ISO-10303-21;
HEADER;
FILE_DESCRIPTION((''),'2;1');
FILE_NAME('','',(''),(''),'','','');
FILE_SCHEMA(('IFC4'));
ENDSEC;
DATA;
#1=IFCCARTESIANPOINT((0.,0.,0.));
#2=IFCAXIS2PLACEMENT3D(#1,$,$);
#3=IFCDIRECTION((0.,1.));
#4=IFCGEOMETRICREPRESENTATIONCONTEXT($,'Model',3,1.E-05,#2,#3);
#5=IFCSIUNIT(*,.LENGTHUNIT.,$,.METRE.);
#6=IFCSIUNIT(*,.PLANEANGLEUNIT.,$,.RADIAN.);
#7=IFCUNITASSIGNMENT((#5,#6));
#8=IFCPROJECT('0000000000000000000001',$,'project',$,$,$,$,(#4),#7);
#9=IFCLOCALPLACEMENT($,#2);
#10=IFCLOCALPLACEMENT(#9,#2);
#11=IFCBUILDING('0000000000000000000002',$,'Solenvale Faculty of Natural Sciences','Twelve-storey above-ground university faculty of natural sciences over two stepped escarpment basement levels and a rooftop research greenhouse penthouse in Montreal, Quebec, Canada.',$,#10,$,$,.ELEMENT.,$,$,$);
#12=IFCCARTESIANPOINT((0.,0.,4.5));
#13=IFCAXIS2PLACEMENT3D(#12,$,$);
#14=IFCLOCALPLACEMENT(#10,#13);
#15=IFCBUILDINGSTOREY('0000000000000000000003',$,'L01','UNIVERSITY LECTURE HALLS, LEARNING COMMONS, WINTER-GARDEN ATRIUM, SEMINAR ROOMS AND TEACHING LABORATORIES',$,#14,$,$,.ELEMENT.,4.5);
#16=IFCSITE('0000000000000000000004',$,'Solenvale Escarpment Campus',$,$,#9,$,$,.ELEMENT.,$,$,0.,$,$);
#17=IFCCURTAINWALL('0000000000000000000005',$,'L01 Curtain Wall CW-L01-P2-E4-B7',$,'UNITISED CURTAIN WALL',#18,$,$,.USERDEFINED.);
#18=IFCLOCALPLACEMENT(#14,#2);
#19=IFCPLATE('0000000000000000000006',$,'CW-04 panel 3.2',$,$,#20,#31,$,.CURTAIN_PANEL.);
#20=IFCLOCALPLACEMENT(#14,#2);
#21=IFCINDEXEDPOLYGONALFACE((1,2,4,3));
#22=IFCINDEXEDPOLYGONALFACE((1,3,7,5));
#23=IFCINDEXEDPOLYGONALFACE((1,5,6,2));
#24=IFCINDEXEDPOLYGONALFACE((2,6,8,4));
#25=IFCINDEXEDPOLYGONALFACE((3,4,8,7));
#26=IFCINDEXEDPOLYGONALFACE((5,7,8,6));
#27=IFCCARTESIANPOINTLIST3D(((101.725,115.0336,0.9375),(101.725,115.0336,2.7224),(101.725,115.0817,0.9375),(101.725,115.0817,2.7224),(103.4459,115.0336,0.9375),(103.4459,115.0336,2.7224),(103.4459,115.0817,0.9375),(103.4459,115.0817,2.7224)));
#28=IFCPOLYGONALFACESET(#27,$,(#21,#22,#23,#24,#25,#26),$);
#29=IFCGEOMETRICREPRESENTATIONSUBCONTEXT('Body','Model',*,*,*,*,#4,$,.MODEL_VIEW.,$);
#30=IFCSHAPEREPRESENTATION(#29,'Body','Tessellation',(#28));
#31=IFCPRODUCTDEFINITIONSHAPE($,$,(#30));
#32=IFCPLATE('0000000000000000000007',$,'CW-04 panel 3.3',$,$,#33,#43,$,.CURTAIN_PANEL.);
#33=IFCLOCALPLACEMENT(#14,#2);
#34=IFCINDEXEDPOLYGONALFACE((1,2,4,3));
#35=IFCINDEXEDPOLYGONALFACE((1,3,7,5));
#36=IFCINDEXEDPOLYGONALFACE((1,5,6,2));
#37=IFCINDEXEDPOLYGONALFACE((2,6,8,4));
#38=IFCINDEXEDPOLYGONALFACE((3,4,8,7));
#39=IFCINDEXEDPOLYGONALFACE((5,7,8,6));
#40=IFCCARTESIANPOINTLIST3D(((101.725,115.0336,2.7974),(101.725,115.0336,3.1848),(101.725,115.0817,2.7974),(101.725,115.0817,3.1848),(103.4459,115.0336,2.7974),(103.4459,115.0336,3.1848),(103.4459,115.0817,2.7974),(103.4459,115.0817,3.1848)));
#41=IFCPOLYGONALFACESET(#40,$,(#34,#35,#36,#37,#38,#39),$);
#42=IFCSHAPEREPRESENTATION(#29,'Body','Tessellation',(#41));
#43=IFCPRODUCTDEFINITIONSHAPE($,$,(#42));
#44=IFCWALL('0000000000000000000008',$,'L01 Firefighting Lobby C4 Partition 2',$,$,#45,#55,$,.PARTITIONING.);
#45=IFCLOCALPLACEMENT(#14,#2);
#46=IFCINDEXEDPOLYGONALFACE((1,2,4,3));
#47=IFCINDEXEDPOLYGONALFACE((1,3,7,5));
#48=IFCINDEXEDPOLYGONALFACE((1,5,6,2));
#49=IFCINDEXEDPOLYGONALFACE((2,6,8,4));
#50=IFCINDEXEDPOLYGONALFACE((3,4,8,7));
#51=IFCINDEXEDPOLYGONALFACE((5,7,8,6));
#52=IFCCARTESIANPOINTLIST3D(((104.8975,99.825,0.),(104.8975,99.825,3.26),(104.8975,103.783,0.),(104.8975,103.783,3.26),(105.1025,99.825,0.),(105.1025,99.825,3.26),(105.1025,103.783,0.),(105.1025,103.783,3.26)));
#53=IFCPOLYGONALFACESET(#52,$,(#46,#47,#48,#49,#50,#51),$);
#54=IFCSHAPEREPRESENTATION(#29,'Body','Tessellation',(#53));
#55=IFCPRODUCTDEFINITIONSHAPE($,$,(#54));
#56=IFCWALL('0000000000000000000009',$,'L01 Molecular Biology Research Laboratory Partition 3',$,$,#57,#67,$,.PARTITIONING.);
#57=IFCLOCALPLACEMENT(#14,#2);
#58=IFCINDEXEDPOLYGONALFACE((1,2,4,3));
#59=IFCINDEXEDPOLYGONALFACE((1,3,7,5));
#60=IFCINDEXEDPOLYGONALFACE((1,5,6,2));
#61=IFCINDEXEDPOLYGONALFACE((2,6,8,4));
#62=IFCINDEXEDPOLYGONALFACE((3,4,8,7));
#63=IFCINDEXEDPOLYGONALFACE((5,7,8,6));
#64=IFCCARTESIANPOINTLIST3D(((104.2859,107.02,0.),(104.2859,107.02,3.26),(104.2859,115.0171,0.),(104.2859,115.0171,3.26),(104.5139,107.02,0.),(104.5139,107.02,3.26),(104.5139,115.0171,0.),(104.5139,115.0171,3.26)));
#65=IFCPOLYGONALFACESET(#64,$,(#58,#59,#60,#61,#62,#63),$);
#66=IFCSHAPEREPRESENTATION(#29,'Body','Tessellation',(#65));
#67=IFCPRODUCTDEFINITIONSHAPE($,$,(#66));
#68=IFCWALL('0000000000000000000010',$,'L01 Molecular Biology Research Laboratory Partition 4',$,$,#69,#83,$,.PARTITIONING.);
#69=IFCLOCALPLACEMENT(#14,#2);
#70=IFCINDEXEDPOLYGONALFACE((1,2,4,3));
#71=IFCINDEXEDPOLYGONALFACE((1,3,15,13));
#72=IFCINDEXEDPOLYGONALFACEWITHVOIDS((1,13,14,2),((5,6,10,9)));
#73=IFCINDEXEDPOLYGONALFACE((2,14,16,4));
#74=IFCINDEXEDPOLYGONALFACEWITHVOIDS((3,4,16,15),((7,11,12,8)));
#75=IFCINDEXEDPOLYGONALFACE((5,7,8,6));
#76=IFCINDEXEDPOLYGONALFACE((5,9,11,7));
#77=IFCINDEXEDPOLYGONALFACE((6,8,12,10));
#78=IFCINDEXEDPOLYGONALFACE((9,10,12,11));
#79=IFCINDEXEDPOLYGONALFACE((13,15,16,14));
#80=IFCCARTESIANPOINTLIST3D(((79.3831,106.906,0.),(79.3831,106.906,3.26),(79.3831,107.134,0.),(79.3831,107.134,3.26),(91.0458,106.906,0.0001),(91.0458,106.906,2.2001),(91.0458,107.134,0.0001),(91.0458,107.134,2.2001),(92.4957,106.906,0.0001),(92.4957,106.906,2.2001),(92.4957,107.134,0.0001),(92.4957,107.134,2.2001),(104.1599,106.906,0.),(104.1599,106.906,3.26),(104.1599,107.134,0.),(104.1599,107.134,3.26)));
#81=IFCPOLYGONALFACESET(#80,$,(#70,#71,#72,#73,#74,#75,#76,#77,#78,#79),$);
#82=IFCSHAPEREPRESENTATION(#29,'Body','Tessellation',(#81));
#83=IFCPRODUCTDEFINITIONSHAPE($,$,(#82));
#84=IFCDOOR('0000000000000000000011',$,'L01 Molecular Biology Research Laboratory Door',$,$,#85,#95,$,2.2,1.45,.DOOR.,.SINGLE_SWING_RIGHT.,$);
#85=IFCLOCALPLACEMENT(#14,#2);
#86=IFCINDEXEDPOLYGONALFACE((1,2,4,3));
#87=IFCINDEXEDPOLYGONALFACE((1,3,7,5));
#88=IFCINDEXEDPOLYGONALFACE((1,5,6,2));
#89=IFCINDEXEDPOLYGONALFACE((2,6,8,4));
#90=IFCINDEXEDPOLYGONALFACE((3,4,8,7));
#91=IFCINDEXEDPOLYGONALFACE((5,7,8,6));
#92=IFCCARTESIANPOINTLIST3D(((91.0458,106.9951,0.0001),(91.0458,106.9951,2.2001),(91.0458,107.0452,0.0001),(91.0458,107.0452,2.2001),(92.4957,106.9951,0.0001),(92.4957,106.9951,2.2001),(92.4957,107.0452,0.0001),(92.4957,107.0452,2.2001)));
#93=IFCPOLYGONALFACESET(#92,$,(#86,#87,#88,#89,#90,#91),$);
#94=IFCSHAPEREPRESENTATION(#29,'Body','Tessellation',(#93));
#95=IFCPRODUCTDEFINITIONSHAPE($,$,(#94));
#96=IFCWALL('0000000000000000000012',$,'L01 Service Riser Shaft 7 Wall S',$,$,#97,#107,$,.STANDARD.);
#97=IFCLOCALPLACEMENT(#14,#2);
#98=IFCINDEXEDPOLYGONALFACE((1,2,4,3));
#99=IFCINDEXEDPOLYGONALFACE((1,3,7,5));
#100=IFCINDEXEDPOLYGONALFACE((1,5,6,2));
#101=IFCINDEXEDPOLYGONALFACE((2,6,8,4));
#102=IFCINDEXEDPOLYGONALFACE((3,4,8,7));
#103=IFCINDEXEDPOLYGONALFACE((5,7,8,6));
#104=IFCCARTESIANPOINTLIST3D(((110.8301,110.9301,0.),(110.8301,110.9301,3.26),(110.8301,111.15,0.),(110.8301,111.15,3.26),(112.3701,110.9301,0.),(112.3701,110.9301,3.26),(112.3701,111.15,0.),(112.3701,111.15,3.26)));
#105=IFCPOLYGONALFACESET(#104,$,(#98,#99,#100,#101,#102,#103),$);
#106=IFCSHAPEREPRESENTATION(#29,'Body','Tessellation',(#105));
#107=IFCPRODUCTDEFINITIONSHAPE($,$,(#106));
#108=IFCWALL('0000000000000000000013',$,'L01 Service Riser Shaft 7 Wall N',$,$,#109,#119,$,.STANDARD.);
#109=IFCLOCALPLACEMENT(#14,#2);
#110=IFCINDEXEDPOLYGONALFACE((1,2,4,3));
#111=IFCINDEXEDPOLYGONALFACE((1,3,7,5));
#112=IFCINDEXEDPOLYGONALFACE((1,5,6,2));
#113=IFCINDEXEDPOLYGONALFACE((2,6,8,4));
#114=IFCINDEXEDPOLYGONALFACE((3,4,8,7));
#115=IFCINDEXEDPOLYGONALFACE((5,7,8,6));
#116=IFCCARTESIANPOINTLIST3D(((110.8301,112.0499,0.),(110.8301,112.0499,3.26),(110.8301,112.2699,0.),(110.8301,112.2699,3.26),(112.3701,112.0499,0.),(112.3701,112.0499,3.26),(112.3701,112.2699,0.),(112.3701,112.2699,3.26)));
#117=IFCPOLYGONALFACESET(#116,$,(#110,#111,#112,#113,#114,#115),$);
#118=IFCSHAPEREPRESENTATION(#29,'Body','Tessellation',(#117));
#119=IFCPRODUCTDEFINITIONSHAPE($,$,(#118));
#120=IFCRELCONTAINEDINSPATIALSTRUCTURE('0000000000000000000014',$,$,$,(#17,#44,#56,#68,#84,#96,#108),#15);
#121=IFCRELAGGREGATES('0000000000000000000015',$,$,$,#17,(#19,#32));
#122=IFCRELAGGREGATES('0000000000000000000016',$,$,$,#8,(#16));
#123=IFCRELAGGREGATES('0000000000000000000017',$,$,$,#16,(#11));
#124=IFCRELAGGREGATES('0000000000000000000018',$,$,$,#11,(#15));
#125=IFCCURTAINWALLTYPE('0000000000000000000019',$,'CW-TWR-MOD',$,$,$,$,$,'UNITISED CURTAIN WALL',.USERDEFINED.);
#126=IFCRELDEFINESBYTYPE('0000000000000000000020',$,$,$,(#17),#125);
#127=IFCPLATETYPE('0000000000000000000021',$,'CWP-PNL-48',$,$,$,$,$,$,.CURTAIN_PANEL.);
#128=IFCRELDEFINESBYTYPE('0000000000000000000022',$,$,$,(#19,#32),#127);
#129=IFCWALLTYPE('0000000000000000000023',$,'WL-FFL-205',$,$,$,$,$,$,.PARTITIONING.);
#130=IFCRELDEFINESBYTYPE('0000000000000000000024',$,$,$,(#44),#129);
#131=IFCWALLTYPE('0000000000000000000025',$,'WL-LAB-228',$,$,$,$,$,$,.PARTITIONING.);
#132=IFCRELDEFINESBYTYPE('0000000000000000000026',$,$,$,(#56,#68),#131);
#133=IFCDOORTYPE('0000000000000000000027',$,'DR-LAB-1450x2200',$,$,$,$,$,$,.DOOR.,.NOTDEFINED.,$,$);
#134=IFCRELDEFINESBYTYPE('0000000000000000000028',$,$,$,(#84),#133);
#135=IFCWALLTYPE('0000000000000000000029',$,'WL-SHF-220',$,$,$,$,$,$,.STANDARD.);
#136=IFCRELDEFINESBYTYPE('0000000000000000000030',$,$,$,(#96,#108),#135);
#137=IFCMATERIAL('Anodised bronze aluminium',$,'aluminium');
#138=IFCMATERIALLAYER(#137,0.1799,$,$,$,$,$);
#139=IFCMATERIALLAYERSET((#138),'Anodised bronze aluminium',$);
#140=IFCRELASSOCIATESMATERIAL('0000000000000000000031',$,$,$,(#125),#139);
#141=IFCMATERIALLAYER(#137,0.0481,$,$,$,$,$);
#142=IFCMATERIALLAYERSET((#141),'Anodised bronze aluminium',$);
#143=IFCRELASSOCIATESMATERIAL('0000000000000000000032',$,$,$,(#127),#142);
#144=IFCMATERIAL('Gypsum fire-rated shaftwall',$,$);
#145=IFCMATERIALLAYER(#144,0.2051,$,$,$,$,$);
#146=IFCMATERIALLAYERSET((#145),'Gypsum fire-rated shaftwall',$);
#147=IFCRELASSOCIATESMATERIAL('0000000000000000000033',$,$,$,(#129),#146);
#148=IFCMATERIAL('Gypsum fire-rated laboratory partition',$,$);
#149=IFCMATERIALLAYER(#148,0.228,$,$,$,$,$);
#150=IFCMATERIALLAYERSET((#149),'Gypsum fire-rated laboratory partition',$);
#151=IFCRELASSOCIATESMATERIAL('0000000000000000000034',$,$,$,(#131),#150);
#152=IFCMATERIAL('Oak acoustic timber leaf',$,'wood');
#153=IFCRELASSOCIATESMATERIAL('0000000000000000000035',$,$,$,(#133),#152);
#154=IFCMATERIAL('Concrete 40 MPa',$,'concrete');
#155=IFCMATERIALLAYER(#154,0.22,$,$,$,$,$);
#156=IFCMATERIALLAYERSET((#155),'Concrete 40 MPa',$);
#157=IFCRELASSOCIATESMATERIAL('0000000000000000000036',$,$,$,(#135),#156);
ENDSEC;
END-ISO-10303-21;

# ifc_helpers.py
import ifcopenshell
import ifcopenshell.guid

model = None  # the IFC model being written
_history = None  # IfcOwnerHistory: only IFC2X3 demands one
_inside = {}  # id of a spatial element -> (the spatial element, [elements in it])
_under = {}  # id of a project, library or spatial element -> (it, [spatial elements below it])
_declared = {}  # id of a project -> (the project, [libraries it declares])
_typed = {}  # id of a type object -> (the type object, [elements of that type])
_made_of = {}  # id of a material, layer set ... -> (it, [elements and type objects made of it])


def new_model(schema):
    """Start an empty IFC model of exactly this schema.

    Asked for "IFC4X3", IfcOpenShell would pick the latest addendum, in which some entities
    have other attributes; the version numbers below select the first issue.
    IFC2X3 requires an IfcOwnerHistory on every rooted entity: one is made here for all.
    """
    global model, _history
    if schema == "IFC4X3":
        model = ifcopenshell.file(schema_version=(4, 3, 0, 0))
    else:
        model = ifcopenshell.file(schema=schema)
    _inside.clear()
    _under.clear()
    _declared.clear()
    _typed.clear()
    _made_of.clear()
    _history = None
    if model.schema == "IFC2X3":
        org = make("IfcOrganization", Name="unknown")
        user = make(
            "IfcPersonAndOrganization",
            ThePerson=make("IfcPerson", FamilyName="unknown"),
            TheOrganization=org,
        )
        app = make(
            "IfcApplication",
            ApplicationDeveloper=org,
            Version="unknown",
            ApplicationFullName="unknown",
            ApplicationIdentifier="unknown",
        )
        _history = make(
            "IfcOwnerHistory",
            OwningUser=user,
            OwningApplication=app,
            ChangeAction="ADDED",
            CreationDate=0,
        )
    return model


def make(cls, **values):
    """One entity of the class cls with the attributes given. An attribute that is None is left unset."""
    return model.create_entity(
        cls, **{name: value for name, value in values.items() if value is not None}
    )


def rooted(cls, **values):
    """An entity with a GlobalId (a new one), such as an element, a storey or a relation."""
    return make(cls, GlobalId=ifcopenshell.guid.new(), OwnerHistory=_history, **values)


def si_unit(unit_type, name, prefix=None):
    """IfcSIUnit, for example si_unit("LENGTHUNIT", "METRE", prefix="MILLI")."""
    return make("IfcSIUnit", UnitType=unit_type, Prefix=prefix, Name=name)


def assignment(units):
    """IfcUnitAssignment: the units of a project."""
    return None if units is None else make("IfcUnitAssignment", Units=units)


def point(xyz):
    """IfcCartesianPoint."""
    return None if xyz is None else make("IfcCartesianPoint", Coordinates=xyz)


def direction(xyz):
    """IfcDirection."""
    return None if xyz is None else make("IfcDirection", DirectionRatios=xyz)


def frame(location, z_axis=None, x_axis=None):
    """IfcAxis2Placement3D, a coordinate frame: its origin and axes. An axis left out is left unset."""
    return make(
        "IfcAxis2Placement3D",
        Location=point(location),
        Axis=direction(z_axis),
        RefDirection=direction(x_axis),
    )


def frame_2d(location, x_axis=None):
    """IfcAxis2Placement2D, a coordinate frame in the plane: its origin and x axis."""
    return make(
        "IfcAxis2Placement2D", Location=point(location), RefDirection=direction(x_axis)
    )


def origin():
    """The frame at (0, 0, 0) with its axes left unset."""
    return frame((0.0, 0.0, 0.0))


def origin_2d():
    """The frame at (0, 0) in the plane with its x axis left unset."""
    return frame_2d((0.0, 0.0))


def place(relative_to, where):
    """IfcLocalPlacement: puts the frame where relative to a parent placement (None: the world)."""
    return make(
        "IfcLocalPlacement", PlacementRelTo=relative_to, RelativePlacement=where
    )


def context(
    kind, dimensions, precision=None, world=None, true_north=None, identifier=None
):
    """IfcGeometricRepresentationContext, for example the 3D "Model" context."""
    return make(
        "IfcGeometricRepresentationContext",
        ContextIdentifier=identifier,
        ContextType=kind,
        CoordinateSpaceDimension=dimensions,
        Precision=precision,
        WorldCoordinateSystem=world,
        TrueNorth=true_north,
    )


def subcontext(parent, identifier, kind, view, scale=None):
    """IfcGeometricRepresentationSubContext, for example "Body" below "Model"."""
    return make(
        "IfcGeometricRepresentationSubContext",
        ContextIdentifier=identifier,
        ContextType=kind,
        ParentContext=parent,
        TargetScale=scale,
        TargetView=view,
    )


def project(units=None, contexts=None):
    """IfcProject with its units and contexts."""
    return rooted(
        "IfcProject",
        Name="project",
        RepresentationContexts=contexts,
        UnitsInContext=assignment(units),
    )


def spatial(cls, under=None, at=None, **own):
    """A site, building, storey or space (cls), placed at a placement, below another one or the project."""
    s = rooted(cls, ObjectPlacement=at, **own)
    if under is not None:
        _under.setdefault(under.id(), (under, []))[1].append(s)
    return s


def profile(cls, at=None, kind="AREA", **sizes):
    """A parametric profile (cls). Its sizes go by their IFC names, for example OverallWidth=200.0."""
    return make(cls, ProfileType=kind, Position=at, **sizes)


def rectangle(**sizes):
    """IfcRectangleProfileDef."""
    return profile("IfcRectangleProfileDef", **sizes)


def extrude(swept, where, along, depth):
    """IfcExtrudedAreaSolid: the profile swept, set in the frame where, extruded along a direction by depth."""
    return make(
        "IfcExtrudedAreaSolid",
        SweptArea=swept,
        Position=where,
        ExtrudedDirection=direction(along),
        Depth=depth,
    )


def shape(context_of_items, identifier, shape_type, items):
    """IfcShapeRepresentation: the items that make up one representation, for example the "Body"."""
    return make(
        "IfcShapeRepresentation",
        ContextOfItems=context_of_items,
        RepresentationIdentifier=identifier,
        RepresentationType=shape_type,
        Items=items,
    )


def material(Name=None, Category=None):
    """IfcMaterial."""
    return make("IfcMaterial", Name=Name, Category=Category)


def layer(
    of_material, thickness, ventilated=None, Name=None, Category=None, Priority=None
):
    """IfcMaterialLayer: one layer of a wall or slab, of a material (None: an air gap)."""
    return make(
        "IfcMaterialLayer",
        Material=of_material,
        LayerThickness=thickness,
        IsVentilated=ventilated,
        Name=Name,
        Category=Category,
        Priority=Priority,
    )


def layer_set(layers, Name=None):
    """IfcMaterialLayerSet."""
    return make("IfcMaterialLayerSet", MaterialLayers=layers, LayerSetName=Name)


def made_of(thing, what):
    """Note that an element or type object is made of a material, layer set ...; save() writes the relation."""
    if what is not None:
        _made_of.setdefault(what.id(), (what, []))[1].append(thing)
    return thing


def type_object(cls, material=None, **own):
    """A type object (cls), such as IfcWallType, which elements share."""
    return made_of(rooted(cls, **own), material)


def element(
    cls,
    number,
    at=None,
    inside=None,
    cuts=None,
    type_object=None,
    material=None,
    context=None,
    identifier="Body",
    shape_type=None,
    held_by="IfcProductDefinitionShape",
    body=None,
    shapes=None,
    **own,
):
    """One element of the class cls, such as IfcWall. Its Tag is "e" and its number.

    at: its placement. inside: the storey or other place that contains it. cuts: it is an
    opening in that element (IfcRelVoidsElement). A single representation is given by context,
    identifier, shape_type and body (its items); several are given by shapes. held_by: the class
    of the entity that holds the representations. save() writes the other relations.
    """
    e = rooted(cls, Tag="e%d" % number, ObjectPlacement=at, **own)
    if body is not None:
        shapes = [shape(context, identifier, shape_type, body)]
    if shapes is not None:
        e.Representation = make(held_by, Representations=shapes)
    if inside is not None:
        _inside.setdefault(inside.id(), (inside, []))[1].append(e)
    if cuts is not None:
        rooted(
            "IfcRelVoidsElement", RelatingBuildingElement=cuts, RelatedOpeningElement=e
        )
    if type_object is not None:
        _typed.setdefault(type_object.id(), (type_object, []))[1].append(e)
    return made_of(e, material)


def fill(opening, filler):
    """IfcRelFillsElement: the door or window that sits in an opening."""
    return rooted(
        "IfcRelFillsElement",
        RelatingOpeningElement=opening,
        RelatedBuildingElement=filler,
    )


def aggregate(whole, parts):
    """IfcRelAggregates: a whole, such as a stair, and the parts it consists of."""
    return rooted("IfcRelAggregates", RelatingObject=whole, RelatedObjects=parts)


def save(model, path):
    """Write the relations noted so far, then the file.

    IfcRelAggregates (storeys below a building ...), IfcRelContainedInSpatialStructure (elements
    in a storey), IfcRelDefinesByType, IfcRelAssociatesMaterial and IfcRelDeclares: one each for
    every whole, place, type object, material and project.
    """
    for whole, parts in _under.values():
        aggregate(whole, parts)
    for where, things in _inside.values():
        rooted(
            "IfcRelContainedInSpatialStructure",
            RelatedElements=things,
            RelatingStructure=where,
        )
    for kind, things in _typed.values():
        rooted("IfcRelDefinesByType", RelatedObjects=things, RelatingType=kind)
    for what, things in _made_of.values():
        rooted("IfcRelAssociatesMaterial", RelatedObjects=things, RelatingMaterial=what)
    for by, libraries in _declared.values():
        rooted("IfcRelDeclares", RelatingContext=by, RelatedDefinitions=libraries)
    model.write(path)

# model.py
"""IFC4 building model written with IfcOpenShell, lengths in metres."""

from ifc_helpers import new_model, si_unit, direction, frame, frame_2d, origin, origin_2d, place, context, subcontext, project, spatial, rectangle, extrude, material, layer, layer_set, type_object, element, fill, aggregate, save


model = new_model("IFC4")

# Units and contexts
model_context = context("Model", 3, precision=1e-05, world=origin(), true_north=direction((0.0, 1.0)))
body_context = subcontext(model_context, "Body", "Model", "MODEL_VIEW")
ifc_project = project(units=[si_unit("LENGTHUNIT", "METRE"), si_unit("PLANEANGLEUNIT", "RADIAN")], contexts=[model_context])

# Site, building, storey
site_placement = place(None, origin())
site = spatial("IfcSite", under=ifc_project, at=site_placement, Name="Solenvale Escarpment Campus", CompositionType="ELEMENT", RefElevation=0.0)
building_placement = place(site_placement, origin())
building = spatial("IfcBuilding", under=site, at=building_placement, Name="Solenvale Faculty of Natural Sciences", Description="Twelve-storey above-ground university faculty of natural sciences over two stepped escarpment basement levels and a rooftop research greenhouse penthouse in Montreal, Quebec, Canada.", CompositionType="ELEMENT")
storey_placement = place(building_placement, frame((0.0, 0.0, 4.5)))
storey = spatial("IfcBuildingStorey", under=building, at=storey_placement, Name="L01", Description="UNIVERSITY LECTURE HALLS, LEARNING COMMONS, WINTER-GARDEN ATRIUM, SEMINAR ROOMS AND TEACHING LABORATORIES", CompositionType="ELEMENT", Elevation=4.5)

# Shared definitions
ifc_material_1 = material(Name="Concrete 40 MPa", Category="concrete")

# Curtain wall, plates
ifc_material_2 = material(Name="Anodised bronze aluminium", Category="aluminium")
ifc_layer_1 = layer(ifc_material_2, 0.1799)
ifc_layer_set_1 = layer_set([ifc_layer_1], Name="Anodised bronze aluminium")
curtain_wall_type = type_object("IfcCurtainWallType", Name="CW-TWR-MOD", ElementType="UNITISED CURTAIN WALL", PredefinedType="USERDEFINED", material=ifc_layer_set_1)
curtain_wall_placement = place(storey_placement, origin())
curtain_wall = element("IfcCurtainWall", 1, at=curtain_wall_placement, inside=storey, type_object=curtain_wall_type, Name="L01 Curtain Wall CW-L01-P2-E4-B7", ObjectType="UNITISED CURTAIN WALL", PredefinedType="USERDEFINED")
ifc_layer_2 = layer(ifc_material_2, 0.0481)
ifc_layer_set_2 = layer_set([ifc_layer_2], Name="Anodised bronze aluminium")
plate_type = type_object("IfcPlateType", Name="CWP-PNL-48", PredefinedType="CURTAIN_PANEL", material=ifc_layer_set_2)
plate_1_placement = place(storey_placement, frame((102.5854, 115.0576, 0.9375), z_axis=(0.0, 0.0, 1.0), x_axis=(-1.0, 0.0, 0.0)))
plate_1 = element("IfcPlate", 2, at=plate_1_placement, type_object=plate_type, Name="CW-04 panel 3.2", PredefinedType="CURTAIN_PANEL", context=body_context, shape_type="SweptSolid", body=[
    extrude(rectangle(XDim=1.7209, YDim=0.0481, at=origin_2d()), origin(), (0.0, 0.0, 1.0), 1.7849),
])
plate_2_placement = place(storey_placement, frame((102.5854, 115.0576, 2.7974), z_axis=(0.0, 0.0, 1.0), x_axis=(-1.0, 0.0, 0.0)))
plate_2 = element("IfcPlate", 3, at=plate_2_placement, type_object=plate_type, Name="CW-04 panel 3.3", PredefinedType="CURTAIN_PANEL", context=body_context, shape_type="SweptSolid", body=[
    extrude(rectangle(XDim=1.7209, YDim=0.0481, at=origin_2d()), origin(), (0.0, 0.0, 1.0), 0.3875),
])
aggregate(curtain_wall, [plate_1, plate_2])

# Walls
ifc_material_3 = material(Name="Gypsum fire-rated shaftwall")
ifc_layer_3 = layer(ifc_material_3, 0.2051)
ifc_layer_set_3 = layer_set([ifc_layer_3], Name="Gypsum fire-rated shaftwall")
wall_type_1 = type_object("IfcWallType", Name="WL-FFL-205", PredefinedType="PARTITIONING", material=ifc_layer_set_3)
wall_1_placement = place(storey_placement, frame((105.0, 103.783, 0.0), z_axis=(0.0, 0.0, 1.0), x_axis=(0.0, -1.0, 0.0)))
element("IfcWall", 4, at=wall_1_placement, inside=storey, type_object=wall_type_1, Name="L01 Firefighting Lobby C4 Partition 2", PredefinedType="PARTITIONING", context=body_context, shape_type="SweptSolid", body=[
    extrude(rectangle(XDim=3.958, YDim=0.2051, at=frame_2d((1.979, 0.0))), origin(), (0.0, 0.0, 1.0), 3.26),
])
ifc_material_4 = material(Name="Gypsum fire-rated laboratory partition")
ifc_layer_4 = layer(ifc_material_4, 0.228)
ifc_layer_set_4 = layer_set([ifc_layer_4], Name="Gypsum fire-rated laboratory partition")
wall_type_2 = type_object("IfcWallType", Name="WL-LAB-228", PredefinedType="PARTITIONING", material=ifc_layer_set_4)
wall_2_placement = place(storey_placement, frame((104.3999, 115.0171, 0.0), z_axis=(0.0, 0.0, 1.0), x_axis=(0.0, -1.0, 0.0)))
element("IfcWall", 5, at=wall_2_placement, inside=storey, type_object=wall_type_2, Name="L01 Molecular Biology Research Laboratory Partition 3", PredefinedType="PARTITIONING", context=body_context, shape_type="SweptSolid", body=[
    extrude(rectangle(XDim=7.9971, YDim=0.228, at=frame_2d((3.9985, 0.0))), origin(), (0.0, 0.0, 1.0), 3.26),
])

# Wall, opening, door
wall_3_placement = place(storey_placement, frame((104.1599, 107.02, 0.0), z_axis=(0.0, 0.0, 1.0), x_axis=(-1.0, 0.0, 0.0)))
wall_3 = element("IfcWall", 6, at=wall_3_placement, inside=storey, type_object=wall_type_2, Name="L01 Molecular Biology Research Laboratory Partition 4", PredefinedType="PARTITIONING", context=body_context, shape_type="SweptSolid", body=[
    extrude(rectangle(XDim=24.7769, YDim=0.228, at=frame_2d((12.3884, 0.0))), origin(), (0.0, 0.0, 1.0), 3.26),
])
opening_placement = place(wall_3_placement, frame((11.6641, 0.0, 0.0)))
opening = element("IfcOpeningElement", 7, at=opening_placement, cuts=wall_3, PredefinedType="OPENING", context=body_context, shape_type="SweptSolid", body=[
    extrude(rectangle(XDim=1.45, YDim=2.2, at=frame_2d((0.7251, 1.1001))), frame((0.0, 0.124, 0.0), z_axis=(0.0, -1.0, 0.0), x_axis=(1.0, 0.0, 0.0)), (0.0, 0.0, 1.0), 0.248),
])
ifc_material_5 = material(Name="Oak acoustic timber leaf", Category="wood")
door_type = type_object("IfcDoorType", Name="DR-LAB-1450x2200", OperationType="NOTDEFINED", PredefinedType="DOOR", material=ifc_material_5)
door_placement = place(opening_placement, origin())
door = element("IfcDoor", 8, at=door_placement, inside=storey, type_object=door_type, Name="L01 Molecular Biology Research Laboratory Door", OperationType="SINGLE_SWING_RIGHT", OverallHeight=2.2, OverallWidth=1.45, PredefinedType="DOOR", context=body_context, shape_type="SweptSolid", body=[
    extrude(rectangle(XDim=1.45, YDim=2.2, at=frame_2d((0.7251, 1.1001))), frame((0.0, 0.0249, 0.0), z_axis=(0.0, -1.0, 0.0), x_axis=(1.0, 0.0, 0.0)), (0.0, 0.0, 1.0), 0.05),
])
fill(opening, door)

# Walls
ifc_layer_5 = layer(ifc_material_1, 0.22)
ifc_layer_set_5 = layer_set([ifc_layer_5], Name="Concrete 40 MPa")
wall_type_3 = type_object("IfcWallType", Name="WL-SHF-220", PredefinedType="STANDARD", material=ifc_layer_set_5)
for number, where, z_axis, x_axis, name in (
    (9, (110.8301, 111.04, 0.0), (0.0, 0.0, 1.0), (1.0, 0.0, 0.0), "L01 Service Riser Shaft 7 Wall S"),
    (10, (110.8301, 112.1599, 0.0), (0.0, 0.0, 1.0), (1.0, 0.0, 0.0), "L01 Service Riser Shaft 7 Wall N"),
):
    element("IfcWall", number, at=place(storey_placement, frame(where, z_axis=z_axis, x_axis=x_axis)), inside=storey, type_object=wall_type_3, Name=name, PredefinedType="STANDARD", context=body_context, shape_type="SweptSolid", body=[
        extrude(rectangle(XDim=1.54, YDim=0.22, at=frame_2d((0.77, 0.0))), origin(), (0.0, 0.0, 1.0), 3.26),
    ])

save(model, "model.ifc")
